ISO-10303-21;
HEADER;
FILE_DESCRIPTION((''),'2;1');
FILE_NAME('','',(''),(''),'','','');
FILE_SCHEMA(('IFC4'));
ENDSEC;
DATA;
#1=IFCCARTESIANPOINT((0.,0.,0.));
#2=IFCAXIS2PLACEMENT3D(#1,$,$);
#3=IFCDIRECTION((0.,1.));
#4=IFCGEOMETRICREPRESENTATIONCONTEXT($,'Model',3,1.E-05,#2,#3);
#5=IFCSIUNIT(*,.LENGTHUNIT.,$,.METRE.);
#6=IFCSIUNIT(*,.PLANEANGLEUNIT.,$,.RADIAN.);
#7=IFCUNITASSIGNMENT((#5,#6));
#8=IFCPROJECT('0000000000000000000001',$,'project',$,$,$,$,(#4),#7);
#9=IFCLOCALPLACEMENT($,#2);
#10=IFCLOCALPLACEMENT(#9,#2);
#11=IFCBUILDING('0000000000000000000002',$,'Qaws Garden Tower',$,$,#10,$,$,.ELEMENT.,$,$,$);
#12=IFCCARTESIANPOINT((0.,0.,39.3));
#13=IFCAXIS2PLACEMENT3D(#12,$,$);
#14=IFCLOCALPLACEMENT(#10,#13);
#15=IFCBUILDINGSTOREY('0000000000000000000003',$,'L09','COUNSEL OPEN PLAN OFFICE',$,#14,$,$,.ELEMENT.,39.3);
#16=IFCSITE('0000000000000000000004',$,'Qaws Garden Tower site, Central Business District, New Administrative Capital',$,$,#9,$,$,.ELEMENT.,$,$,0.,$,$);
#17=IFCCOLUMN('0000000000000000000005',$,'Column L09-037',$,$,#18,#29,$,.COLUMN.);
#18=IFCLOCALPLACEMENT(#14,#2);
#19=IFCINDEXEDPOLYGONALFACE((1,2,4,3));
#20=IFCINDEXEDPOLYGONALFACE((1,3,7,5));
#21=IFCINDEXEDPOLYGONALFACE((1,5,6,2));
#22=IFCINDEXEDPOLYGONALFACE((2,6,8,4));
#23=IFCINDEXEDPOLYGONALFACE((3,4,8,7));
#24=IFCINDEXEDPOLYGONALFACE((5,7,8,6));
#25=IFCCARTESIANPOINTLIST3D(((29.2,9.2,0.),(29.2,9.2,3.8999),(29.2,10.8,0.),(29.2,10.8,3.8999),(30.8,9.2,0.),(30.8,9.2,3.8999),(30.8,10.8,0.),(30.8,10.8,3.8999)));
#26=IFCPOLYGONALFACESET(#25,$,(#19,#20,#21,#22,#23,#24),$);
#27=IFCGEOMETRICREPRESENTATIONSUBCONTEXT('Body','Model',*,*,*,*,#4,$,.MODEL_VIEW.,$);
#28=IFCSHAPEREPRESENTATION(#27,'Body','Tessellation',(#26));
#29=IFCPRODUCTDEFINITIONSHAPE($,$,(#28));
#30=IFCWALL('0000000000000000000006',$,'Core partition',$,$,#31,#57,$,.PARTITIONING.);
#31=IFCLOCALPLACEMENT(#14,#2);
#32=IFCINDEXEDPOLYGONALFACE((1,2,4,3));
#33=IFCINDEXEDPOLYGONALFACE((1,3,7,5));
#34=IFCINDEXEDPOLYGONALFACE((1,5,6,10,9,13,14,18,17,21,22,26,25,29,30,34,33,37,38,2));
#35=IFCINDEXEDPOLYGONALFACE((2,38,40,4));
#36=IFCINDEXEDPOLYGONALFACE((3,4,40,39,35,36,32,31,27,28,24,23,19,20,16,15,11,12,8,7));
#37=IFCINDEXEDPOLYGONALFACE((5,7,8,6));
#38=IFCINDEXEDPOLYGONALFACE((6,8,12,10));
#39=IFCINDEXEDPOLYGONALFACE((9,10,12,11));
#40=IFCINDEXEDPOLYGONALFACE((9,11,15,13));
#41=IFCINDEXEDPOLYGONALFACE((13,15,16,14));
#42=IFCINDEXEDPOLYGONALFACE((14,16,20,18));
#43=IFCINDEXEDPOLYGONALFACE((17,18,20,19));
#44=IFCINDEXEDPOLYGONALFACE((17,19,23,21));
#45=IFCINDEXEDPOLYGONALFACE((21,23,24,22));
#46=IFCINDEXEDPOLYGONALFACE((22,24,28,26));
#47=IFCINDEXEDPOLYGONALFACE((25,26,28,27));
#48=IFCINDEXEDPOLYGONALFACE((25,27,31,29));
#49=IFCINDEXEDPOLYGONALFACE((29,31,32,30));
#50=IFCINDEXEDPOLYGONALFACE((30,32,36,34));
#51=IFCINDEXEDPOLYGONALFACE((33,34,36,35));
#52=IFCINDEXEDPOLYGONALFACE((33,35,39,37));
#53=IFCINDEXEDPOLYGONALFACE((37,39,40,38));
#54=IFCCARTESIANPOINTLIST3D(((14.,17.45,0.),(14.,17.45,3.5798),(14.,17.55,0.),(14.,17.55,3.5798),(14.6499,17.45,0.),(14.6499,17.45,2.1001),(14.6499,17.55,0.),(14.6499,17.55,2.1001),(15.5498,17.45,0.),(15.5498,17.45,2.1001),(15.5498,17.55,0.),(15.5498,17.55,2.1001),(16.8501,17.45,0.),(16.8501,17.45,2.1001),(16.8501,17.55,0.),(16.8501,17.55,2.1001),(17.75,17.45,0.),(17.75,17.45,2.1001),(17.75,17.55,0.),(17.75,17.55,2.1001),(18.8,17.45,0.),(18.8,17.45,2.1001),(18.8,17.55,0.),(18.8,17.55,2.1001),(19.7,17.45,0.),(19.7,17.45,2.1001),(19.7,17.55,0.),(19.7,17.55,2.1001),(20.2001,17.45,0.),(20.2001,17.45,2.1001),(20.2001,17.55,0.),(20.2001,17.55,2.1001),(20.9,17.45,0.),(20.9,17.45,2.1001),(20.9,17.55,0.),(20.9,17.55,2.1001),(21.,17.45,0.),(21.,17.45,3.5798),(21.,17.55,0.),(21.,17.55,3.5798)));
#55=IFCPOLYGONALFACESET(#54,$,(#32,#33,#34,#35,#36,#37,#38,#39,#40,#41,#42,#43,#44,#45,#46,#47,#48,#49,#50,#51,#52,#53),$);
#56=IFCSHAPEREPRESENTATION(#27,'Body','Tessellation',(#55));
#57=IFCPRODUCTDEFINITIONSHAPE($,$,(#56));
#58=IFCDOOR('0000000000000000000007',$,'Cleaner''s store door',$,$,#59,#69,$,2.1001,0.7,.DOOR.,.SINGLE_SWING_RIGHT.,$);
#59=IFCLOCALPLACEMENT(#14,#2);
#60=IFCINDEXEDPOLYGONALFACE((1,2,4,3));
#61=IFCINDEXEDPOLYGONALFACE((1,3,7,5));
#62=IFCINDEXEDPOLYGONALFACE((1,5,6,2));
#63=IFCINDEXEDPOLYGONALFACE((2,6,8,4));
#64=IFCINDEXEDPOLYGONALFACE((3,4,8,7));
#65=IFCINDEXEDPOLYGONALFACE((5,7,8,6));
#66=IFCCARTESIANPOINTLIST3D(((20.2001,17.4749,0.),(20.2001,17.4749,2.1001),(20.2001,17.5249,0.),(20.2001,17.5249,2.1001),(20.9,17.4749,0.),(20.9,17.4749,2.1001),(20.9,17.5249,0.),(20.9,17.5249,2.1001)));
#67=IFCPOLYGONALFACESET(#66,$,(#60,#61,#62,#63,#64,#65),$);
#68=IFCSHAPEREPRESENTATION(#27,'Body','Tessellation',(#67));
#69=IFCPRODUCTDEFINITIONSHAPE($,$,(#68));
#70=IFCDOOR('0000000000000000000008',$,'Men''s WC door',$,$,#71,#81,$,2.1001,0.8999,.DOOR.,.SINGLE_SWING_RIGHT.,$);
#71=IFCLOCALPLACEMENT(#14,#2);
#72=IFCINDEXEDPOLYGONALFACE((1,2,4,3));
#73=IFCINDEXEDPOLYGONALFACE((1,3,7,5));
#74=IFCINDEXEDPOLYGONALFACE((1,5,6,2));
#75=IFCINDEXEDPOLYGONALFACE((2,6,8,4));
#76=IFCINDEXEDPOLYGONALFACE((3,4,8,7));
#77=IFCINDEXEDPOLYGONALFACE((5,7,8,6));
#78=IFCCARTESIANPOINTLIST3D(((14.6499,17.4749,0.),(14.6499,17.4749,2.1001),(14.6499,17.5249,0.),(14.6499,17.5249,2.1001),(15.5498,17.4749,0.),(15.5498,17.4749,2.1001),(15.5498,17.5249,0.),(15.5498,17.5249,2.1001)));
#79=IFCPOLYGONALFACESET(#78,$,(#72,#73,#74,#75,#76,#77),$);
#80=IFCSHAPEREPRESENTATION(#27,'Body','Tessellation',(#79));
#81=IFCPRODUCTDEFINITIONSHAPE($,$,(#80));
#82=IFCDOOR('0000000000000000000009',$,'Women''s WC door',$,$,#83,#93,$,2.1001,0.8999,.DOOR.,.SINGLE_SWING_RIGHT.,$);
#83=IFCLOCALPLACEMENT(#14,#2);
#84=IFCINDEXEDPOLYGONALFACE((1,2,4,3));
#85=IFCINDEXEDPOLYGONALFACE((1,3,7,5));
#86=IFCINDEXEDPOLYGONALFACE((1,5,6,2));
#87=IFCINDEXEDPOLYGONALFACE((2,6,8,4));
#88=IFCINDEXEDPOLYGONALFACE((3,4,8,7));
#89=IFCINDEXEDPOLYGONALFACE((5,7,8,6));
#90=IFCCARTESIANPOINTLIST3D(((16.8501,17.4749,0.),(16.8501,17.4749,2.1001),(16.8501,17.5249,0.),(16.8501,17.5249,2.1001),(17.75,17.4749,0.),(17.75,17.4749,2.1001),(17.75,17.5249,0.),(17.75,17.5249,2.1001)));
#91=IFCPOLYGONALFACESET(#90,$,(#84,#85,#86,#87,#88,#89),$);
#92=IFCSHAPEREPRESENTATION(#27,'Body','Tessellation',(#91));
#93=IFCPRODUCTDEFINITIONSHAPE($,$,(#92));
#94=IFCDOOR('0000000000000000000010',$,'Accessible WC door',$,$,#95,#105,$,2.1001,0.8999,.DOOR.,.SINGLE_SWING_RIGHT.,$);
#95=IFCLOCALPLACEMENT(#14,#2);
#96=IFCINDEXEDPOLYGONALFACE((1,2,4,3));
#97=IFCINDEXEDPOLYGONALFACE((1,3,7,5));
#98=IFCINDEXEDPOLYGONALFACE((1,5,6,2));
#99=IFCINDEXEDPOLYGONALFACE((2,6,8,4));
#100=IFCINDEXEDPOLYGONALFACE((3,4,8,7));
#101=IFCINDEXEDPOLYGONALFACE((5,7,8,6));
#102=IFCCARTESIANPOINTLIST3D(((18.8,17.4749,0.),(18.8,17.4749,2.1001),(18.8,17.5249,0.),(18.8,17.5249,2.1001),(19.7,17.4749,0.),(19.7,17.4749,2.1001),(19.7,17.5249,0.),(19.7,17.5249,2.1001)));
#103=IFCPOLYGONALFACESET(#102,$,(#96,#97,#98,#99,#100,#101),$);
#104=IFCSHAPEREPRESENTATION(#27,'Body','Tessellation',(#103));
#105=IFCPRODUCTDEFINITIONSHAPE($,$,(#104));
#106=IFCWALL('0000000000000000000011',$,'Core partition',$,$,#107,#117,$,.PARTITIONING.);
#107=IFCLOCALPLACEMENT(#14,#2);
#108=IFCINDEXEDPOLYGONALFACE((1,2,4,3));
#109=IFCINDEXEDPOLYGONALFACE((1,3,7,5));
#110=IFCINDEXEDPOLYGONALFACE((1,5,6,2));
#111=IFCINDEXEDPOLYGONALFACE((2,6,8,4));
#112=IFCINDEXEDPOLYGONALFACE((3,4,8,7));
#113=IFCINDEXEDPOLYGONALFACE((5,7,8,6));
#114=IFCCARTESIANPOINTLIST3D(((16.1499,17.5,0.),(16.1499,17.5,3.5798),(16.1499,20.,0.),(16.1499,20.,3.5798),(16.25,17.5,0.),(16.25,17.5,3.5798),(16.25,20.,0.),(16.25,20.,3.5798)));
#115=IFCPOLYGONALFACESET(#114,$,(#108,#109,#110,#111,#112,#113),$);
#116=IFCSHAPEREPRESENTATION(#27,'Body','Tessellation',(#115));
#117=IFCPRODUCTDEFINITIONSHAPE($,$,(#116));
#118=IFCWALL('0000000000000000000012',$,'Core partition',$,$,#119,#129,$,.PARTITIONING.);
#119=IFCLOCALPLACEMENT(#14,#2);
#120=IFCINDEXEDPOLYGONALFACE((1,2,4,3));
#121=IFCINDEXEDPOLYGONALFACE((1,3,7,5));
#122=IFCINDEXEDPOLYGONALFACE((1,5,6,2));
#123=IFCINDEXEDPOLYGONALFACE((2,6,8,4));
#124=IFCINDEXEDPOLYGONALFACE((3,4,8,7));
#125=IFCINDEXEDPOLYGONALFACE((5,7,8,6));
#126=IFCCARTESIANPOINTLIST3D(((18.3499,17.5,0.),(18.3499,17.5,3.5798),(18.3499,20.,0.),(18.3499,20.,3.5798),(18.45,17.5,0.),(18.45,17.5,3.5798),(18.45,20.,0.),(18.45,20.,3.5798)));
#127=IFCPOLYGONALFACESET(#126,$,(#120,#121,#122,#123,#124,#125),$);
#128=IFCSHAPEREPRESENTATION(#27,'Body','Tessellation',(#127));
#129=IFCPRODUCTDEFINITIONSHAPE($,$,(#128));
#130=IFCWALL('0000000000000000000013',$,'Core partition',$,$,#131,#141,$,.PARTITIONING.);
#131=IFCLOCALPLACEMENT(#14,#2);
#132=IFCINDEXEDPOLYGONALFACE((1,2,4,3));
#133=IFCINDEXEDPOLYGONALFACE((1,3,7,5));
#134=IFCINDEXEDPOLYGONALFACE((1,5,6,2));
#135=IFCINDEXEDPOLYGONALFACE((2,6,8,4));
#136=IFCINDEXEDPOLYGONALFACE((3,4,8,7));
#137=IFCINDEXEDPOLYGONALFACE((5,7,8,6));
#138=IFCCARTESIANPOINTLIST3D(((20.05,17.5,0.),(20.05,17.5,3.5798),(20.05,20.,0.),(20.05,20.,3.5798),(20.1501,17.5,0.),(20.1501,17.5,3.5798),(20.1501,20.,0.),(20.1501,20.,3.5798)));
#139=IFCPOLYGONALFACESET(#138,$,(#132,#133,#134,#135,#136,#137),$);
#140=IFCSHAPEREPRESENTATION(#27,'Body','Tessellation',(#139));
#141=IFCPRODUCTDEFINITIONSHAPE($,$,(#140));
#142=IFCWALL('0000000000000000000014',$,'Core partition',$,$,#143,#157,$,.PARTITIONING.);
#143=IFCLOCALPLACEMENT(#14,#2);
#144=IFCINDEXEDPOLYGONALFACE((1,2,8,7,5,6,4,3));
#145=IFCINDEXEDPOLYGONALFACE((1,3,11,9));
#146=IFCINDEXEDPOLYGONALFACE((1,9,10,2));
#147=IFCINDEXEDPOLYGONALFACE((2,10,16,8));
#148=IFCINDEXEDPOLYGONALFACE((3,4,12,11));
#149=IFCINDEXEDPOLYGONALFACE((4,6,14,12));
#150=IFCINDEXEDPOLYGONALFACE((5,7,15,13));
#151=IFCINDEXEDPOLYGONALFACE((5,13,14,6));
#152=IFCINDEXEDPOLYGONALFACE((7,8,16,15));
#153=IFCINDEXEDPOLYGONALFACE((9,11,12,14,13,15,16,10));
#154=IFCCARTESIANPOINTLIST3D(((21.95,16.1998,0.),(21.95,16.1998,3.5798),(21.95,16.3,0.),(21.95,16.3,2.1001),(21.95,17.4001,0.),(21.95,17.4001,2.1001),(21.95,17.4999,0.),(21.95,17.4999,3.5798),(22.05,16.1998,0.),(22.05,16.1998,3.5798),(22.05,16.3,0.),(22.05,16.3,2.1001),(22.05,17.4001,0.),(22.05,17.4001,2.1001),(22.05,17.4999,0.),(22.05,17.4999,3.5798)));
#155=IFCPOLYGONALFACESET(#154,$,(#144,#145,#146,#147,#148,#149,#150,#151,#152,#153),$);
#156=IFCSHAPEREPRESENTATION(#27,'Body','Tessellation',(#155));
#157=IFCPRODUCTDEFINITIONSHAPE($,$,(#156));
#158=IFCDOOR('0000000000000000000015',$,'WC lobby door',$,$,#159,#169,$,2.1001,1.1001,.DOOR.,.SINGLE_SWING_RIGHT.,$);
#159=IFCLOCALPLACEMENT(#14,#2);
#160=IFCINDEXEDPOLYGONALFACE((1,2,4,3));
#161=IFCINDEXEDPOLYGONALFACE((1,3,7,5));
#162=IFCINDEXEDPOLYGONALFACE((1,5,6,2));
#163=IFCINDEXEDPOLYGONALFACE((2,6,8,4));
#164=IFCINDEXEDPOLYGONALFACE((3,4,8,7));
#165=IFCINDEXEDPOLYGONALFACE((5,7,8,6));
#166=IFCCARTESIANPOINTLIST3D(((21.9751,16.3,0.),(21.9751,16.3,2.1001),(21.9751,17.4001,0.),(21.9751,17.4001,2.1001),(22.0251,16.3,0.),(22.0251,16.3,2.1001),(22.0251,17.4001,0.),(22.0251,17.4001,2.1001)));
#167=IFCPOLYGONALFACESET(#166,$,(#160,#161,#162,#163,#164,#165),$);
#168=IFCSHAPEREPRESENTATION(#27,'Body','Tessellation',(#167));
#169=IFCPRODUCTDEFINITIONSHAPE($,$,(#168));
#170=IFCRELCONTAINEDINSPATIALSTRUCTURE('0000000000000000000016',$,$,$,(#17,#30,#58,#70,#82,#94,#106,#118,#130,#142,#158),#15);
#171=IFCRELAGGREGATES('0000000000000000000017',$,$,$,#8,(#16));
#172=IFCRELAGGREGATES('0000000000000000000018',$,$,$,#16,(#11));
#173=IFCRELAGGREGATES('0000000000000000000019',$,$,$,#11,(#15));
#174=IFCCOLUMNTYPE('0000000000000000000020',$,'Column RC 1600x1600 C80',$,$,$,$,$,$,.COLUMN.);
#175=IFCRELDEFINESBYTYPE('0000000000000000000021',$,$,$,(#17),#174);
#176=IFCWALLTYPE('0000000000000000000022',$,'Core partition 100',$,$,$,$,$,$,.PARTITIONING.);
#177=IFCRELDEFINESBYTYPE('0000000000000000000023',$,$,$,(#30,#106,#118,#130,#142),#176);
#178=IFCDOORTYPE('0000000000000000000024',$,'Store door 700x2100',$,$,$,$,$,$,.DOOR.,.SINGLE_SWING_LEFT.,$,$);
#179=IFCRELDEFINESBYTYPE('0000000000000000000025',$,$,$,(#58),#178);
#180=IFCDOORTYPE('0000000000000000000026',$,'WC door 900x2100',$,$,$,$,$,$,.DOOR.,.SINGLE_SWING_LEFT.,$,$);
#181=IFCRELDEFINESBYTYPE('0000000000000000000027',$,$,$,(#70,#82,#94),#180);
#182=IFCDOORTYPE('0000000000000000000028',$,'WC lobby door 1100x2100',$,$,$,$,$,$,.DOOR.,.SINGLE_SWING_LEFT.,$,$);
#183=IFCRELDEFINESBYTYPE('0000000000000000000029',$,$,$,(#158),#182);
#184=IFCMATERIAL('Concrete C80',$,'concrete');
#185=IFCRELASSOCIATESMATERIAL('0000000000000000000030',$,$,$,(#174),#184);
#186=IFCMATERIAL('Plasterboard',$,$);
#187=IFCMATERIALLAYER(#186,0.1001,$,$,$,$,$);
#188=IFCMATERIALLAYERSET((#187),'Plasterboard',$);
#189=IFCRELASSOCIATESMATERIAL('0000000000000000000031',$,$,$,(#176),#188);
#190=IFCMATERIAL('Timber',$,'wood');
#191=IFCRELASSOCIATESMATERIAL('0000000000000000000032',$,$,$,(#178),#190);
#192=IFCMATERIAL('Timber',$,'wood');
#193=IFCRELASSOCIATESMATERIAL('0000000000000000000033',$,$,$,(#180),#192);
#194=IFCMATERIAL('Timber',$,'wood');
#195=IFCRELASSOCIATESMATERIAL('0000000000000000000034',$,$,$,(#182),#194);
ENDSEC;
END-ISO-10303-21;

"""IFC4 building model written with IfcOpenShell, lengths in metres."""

from ifc_helpers import new_model, si_unit, direction, frame, frame_2d, origin, origin_2d, place, context, subcontext, project, spatial, rectangle, extrude, material, layer, layer_set, material_profile, profile_set, type_object, element, fill, save


model = new_model("IFC4")

# Units and contexts
model_context = context("Model", 3, precision=1e-05, world=origin(), true_north=direction((0.0, 1.0)))
body_context = subcontext(model_context, "Body", "Model", "MODEL_VIEW")
ifc_project = project(units=[si_unit("LENGTHUNIT", "METRE"), si_unit("PLANEANGLEUNIT", "RADIAN")], contexts=[model_context])

# Site, building, storey
site_placement = place(None, origin())
site = spatial("IfcSite", under=ifc_project, at=site_placement, Name="Qaws Garden Tower site, Central Business District, New Administrative Capital", CompositionType="ELEMENT", RefElevation=0.0)
building_placement = place(site_placement, origin())
building = spatial("IfcBuilding", under=site, at=building_placement, Name="Qaws Garden Tower", CompositionType="ELEMENT")
storey_placement = place(building_placement, frame((0.0, 0.0, 39.3)))
storey = spatial("IfcBuildingStorey", under=building, at=storey_placement, Name="L09", Description="COUNSEL OPEN PLAN OFFICE", CompositionType="ELEMENT", Elevation=39.3)

# Column
ifc_material_1 = material(Name="Concrete C80", Category="concrete")
ifc_material_profile = material_profile(ifc_material_1, rectangle(XDim=1.6001, YDim=1.6001, at=origin_2d()), Name="RC 1600x1600")
ifc_profile_set = profile_set([ifc_material_profile], Name="Concrete C80")
column_type = type_object("IfcColumnType", Name="Column RC 1600x1600 C80", PredefinedType="COLUMN", material=ifc_profile_set)
column_placement = place(storey_placement, frame((30.0, 10.0, 0.0), z_axis=(0.0, 0.0, 1.0), x_axis=(1.0, 0.0, 0.0)))
element("IfcColumn", 1, at=column_placement, inside=storey, type_object=column_type, Name="Column L09-037", PredefinedType="COLUMN", context=body_context, shape_type="SweptSolid", body=[
    extrude(rectangle(XDim=1.6001, YDim=1.6001, at=origin_2d()), origin(), (0.0, 0.0, 1.0), 3.8999),
])

# Wall, openings, doors
ifc_material_2 = material(Name="Plasterboard")
ifc_layer_1 = layer(ifc_material_2, 0.1001)
ifc_layer_set_1 = layer_set([ifc_layer_1], Name="Plasterboard")
wall_type_1 = type_object("IfcWallType", Name="Core partition 100", PredefinedType="PARTITIONING", material=ifc_layer_set_1)
wall_1_placement = place(storey_placement, frame((14.0, 17.5, 0.0), z_axis=(0.0, 0.0, 1.0), x_axis=(1.0, 0.0, 0.0)))
wall_1 = element("IfcWall", 2, at=wall_1_placement, inside=storey, type_object=wall_type_1, Name="Core partition", PredefinedType="PARTITIONING", context=body_context, shape_type="SweptSolid", body=[
    extrude(rectangle(XDim=7.0, YDim=0.1001, at=frame_2d((3.5, 0.0))), origin(), (0.0, 0.0, 1.0), 3.5798),
])
opening_1_placement = place(wall_1_placement, frame((0.6499, 0.0, 0.0)))
opening_1 = element("IfcOpeningElement", 3, at=opening_1_placement, cuts=wall_1, PredefinedType="OPENING", context=body_context, shape_type="SweptSolid", body=[
    extrude(rectangle(XDim=0.8999, YDim=2.1001, at=frame_2d((0.45, 1.05))), frame((0.0, 0.0601, 0.0), z_axis=(0.0, -1.0, 0.0), x_axis=(1.0, 0.0, 0.0)), (0.0, 0.0, 1.0), 0.1201),
])
opening_2_placement = place(wall_1_placement, frame((2.8501, 0.0, 0.0)))
opening_2 = element("IfcOpeningElement", 4, at=opening_2_placement, cuts=wall_1, PredefinedType="OPENING", context=body_context, shape_type="SweptSolid", body=[
    extrude(rectangle(XDim=0.8999, YDim=2.1001, at=frame_2d((0.45, 1.05))), frame((0.0, 0.0601, 0.0), z_axis=(0.0, -1.0, 0.0), x_axis=(1.0, 0.0, 0.0)), (0.0, 0.0, 1.0), 0.1201),
])
opening_3_placement = place(wall_1_placement, frame((4.8, 0.0, 0.0)))
opening_3 = element("IfcOpeningElement", 5, at=opening_3_placement, cuts=wall_1, PredefinedType="OPENING", context=body_context, shape_type="SweptSolid", body=[
    extrude(rectangle(XDim=0.8999, YDim=2.1001, at=frame_2d((0.45, 1.05))), frame((0.0, 0.0601, 0.0), z_axis=(0.0, -1.0, 0.0), x_axis=(1.0, 0.0, 0.0)), (0.0, 0.0, 1.0), 0.1201),
])
opening_4_placement = place(wall_1_placement, frame((6.2, 0.0, 0.0)))
opening_4 = element("IfcOpeningElement", 6, at=opening_4_placement, cuts=wall_1, PredefinedType="OPENING", context=body_context, shape_type="SweptSolid", body=[
    extrude(rectangle(XDim=0.7, YDim=2.1001, at=frame_2d((0.3501, 1.05))), frame((0.0, 0.0601, 0.0), z_axis=(0.0, -1.0, 0.0), x_axis=(1.0, 0.0, 0.0)), (0.0, 0.0, 1.0), 0.1201),
])
ifc_material_3 = material(Name="Timber", Category="wood")
door_type_1 = type_object("IfcDoorType", Name="Store door 700x2100", OperationType="SINGLE_SWING_LEFT", PredefinedType="DOOR", material=ifc_material_3)
door_1_placement = place(opening_4_placement, origin())
door_1 = element("IfcDoor", 7, at=door_1_placement, inside=storey, type_object=door_type_1, Name="Cleaner's store door", OperationType="SINGLE_SWING_RIGHT", OverallHeight=2.1001, OverallWidth=0.7, PredefinedType="DOOR", context=body_context, shape_type="SweptSolid", body=[
    extrude(rectangle(XDim=0.7, YDim=2.1001, at=frame_2d((0.3501, 1.05))), frame((0.0, 0.0249, 0.0), z_axis=(0.0, -1.0, 0.0), x_axis=(1.0, 0.0, 0.0)), (0.0, 0.0, 1.0), 0.05),
])
fill(opening_4, door_1)
ifc_material_4 = material(Name="Timber", Category="wood")
door_type_2 = type_object("IfcDoorType", Name="WC door 900x2100", OperationType="SINGLE_SWING_LEFT", PredefinedType="DOOR", material=ifc_material_4)
door_2_placement = place(opening_1_placement, origin())
door_2 = element("IfcDoor", 8, at=door_2_placement, inside=storey, type_object=door_type_2, Name="Men's WC door", OperationType="SINGLE_SWING_RIGHT", OverallHeight=2.1001, OverallWidth=0.8999, PredefinedType="DOOR", context=body_context, shape_type="SweptSolid", body=[
    extrude(rectangle(XDim=0.8999, YDim=2.1001, at=frame_2d((0.45, 1.05))), frame((0.0, 0.0249, 0.0), z_axis=(0.0, -1.0, 0.0), x_axis=(1.0, 0.0, 0.0)), (0.0, 0.0, 1.0), 0.05),
])
fill(opening_1, door_2)
door_3_placement = place(opening_2_placement, origin())
door_3 = element("IfcDoor", 9, at=door_3_placement, inside=storey, type_object=door_type_2, Name="Women's WC door", OperationType="SINGLE_SWING_RIGHT", OverallHeight=2.1001, OverallWidth=0.8999, PredefinedType="DOOR", context=body_context, shape_type="SweptSolid", body=[
    extrude(rectangle(XDim=0.8999, YDim=2.1001, at=frame_2d((0.45, 1.05))), frame((0.0, 0.0249, 0.0), z_axis=(0.0, -1.0, 0.0), x_axis=(1.0, 0.0, 0.0)), (0.0, 0.0, 1.0), 0.05),
])
fill(opening_2, door_3)
door_4_placement = place(opening_3_placement, origin())
door_4 = element("IfcDoor", 10, at=door_4_placement, inside=storey, type_object=door_type_2, Name="Accessible WC door", OperationType="SINGLE_SWING_RIGHT", OverallHeight=2.1001, OverallWidth=0.8999, PredefinedType="DOOR", context=body_context, shape_type="SweptSolid", body=[
    extrude(rectangle(XDim=0.8999, YDim=2.1001, at=frame_2d((0.45, 1.05))), frame((0.0, 0.0249, 0.0), z_axis=(0.0, -1.0, 0.0), x_axis=(1.0, 0.0, 0.0)), (0.0, 0.0, 1.0), 0.05),
])
fill(opening_3, door_4)

# Walls
for number, where, z_axis, x_axis, name in (
    (11, (16.2, 17.5, 0.0), (0.0, 0.0, 1.0), (0.0, 1.0, 0.0), "Core partition"),
    (12, (18.3999, 17.5, 0.0), (0.0, 0.0, 1.0), (0.0, 1.0, 0.0), "Core partition"),
    (13, (20.1001, 17.5, 0.0), (0.0, 0.0, 1.0), (0.0, 1.0, 0.0), "Core partition"),
):
    element("IfcWall", number, at=place(storey_placement, frame(where, z_axis=z_axis, x_axis=x_axis)), inside=storey, type_object=wall_type_1, Name=name, PredefinedType="PARTITIONING", context=body_context, shape_type="SweptSolid", body=[
        extrude(rectangle(XDim=2.5, YDim=0.1001, at=frame_2d((1.25, 0.0))), origin(), (0.0, 0.0, 1.0), 3.5798),
    ])

# Wall, opening, door
wall_2_placement = place(storey_placement, frame((22.0, 16.2, 0.0), z_axis=(0.0, 0.0, 1.0), x_axis=(0.0, 1.0, 0.0)))
wall_2 = element("IfcWall", 14, at=wall_2_placement, inside=storey, type_object=wall_type_1, Name="Core partition", PredefinedType="PARTITIONING", context=body_context, shape_type="SweptSolid", body=[
    extrude(rectangle(XDim=1.3, YDim=0.1001, at=frame_2d((0.6499, 0.0))), origin(), (0.0, 0.0, 1.0), 3.5798),
])
opening_5_placement = place(wall_2_placement, frame((0.1001, 0.0, 0.0)))
opening_5 = element("IfcOpeningElement", 15, at=opening_5_placement, cuts=wall_2, PredefinedType="OPENING", context=body_context, shape_type="SweptSolid", body=[
    extrude(rectangle(XDim=1.1001, YDim=2.1001, at=frame_2d((0.55, 1.05))), frame((0.0, 0.0601, 0.0), z_axis=(0.0, -1.0, 0.0), x_axis=(1.0, 0.0, 0.0)), (0.0, 0.0, 1.0), 0.1201),
])
ifc_material_5 = material(Name="Timber", Category="wood")
door_type_3 = type_object("IfcDoorType", Name="WC lobby door 1100x2100", OperationType="SINGLE_SWING_LEFT", PredefinedType="DOOR", material=ifc_material_5)
door_5_placement = place(opening_5_placement, origin())
door_5 = element("IfcDoor", 16, at=door_5_placement, inside=storey, type_object=door_type_3, Name="WC lobby door", OperationType="SINGLE_SWING_RIGHT", OverallHeight=2.1001, OverallWidth=1.1001, PredefinedType="DOOR", context=body_context, shape_type="SweptSolid", body=[
    extrude(rectangle(XDim=1.1001, YDim=2.1001, at=frame_2d((0.55, 1.05))), frame((0.0, 0.0249, 0.0), z_axis=(0.0, -1.0, 0.0), x_axis=(1.0, 0.0, 0.0)), (0.0, 0.0, 1.0), 0.05),
])
fill(opening_5, door_5)

save(model, "model.ifc")
